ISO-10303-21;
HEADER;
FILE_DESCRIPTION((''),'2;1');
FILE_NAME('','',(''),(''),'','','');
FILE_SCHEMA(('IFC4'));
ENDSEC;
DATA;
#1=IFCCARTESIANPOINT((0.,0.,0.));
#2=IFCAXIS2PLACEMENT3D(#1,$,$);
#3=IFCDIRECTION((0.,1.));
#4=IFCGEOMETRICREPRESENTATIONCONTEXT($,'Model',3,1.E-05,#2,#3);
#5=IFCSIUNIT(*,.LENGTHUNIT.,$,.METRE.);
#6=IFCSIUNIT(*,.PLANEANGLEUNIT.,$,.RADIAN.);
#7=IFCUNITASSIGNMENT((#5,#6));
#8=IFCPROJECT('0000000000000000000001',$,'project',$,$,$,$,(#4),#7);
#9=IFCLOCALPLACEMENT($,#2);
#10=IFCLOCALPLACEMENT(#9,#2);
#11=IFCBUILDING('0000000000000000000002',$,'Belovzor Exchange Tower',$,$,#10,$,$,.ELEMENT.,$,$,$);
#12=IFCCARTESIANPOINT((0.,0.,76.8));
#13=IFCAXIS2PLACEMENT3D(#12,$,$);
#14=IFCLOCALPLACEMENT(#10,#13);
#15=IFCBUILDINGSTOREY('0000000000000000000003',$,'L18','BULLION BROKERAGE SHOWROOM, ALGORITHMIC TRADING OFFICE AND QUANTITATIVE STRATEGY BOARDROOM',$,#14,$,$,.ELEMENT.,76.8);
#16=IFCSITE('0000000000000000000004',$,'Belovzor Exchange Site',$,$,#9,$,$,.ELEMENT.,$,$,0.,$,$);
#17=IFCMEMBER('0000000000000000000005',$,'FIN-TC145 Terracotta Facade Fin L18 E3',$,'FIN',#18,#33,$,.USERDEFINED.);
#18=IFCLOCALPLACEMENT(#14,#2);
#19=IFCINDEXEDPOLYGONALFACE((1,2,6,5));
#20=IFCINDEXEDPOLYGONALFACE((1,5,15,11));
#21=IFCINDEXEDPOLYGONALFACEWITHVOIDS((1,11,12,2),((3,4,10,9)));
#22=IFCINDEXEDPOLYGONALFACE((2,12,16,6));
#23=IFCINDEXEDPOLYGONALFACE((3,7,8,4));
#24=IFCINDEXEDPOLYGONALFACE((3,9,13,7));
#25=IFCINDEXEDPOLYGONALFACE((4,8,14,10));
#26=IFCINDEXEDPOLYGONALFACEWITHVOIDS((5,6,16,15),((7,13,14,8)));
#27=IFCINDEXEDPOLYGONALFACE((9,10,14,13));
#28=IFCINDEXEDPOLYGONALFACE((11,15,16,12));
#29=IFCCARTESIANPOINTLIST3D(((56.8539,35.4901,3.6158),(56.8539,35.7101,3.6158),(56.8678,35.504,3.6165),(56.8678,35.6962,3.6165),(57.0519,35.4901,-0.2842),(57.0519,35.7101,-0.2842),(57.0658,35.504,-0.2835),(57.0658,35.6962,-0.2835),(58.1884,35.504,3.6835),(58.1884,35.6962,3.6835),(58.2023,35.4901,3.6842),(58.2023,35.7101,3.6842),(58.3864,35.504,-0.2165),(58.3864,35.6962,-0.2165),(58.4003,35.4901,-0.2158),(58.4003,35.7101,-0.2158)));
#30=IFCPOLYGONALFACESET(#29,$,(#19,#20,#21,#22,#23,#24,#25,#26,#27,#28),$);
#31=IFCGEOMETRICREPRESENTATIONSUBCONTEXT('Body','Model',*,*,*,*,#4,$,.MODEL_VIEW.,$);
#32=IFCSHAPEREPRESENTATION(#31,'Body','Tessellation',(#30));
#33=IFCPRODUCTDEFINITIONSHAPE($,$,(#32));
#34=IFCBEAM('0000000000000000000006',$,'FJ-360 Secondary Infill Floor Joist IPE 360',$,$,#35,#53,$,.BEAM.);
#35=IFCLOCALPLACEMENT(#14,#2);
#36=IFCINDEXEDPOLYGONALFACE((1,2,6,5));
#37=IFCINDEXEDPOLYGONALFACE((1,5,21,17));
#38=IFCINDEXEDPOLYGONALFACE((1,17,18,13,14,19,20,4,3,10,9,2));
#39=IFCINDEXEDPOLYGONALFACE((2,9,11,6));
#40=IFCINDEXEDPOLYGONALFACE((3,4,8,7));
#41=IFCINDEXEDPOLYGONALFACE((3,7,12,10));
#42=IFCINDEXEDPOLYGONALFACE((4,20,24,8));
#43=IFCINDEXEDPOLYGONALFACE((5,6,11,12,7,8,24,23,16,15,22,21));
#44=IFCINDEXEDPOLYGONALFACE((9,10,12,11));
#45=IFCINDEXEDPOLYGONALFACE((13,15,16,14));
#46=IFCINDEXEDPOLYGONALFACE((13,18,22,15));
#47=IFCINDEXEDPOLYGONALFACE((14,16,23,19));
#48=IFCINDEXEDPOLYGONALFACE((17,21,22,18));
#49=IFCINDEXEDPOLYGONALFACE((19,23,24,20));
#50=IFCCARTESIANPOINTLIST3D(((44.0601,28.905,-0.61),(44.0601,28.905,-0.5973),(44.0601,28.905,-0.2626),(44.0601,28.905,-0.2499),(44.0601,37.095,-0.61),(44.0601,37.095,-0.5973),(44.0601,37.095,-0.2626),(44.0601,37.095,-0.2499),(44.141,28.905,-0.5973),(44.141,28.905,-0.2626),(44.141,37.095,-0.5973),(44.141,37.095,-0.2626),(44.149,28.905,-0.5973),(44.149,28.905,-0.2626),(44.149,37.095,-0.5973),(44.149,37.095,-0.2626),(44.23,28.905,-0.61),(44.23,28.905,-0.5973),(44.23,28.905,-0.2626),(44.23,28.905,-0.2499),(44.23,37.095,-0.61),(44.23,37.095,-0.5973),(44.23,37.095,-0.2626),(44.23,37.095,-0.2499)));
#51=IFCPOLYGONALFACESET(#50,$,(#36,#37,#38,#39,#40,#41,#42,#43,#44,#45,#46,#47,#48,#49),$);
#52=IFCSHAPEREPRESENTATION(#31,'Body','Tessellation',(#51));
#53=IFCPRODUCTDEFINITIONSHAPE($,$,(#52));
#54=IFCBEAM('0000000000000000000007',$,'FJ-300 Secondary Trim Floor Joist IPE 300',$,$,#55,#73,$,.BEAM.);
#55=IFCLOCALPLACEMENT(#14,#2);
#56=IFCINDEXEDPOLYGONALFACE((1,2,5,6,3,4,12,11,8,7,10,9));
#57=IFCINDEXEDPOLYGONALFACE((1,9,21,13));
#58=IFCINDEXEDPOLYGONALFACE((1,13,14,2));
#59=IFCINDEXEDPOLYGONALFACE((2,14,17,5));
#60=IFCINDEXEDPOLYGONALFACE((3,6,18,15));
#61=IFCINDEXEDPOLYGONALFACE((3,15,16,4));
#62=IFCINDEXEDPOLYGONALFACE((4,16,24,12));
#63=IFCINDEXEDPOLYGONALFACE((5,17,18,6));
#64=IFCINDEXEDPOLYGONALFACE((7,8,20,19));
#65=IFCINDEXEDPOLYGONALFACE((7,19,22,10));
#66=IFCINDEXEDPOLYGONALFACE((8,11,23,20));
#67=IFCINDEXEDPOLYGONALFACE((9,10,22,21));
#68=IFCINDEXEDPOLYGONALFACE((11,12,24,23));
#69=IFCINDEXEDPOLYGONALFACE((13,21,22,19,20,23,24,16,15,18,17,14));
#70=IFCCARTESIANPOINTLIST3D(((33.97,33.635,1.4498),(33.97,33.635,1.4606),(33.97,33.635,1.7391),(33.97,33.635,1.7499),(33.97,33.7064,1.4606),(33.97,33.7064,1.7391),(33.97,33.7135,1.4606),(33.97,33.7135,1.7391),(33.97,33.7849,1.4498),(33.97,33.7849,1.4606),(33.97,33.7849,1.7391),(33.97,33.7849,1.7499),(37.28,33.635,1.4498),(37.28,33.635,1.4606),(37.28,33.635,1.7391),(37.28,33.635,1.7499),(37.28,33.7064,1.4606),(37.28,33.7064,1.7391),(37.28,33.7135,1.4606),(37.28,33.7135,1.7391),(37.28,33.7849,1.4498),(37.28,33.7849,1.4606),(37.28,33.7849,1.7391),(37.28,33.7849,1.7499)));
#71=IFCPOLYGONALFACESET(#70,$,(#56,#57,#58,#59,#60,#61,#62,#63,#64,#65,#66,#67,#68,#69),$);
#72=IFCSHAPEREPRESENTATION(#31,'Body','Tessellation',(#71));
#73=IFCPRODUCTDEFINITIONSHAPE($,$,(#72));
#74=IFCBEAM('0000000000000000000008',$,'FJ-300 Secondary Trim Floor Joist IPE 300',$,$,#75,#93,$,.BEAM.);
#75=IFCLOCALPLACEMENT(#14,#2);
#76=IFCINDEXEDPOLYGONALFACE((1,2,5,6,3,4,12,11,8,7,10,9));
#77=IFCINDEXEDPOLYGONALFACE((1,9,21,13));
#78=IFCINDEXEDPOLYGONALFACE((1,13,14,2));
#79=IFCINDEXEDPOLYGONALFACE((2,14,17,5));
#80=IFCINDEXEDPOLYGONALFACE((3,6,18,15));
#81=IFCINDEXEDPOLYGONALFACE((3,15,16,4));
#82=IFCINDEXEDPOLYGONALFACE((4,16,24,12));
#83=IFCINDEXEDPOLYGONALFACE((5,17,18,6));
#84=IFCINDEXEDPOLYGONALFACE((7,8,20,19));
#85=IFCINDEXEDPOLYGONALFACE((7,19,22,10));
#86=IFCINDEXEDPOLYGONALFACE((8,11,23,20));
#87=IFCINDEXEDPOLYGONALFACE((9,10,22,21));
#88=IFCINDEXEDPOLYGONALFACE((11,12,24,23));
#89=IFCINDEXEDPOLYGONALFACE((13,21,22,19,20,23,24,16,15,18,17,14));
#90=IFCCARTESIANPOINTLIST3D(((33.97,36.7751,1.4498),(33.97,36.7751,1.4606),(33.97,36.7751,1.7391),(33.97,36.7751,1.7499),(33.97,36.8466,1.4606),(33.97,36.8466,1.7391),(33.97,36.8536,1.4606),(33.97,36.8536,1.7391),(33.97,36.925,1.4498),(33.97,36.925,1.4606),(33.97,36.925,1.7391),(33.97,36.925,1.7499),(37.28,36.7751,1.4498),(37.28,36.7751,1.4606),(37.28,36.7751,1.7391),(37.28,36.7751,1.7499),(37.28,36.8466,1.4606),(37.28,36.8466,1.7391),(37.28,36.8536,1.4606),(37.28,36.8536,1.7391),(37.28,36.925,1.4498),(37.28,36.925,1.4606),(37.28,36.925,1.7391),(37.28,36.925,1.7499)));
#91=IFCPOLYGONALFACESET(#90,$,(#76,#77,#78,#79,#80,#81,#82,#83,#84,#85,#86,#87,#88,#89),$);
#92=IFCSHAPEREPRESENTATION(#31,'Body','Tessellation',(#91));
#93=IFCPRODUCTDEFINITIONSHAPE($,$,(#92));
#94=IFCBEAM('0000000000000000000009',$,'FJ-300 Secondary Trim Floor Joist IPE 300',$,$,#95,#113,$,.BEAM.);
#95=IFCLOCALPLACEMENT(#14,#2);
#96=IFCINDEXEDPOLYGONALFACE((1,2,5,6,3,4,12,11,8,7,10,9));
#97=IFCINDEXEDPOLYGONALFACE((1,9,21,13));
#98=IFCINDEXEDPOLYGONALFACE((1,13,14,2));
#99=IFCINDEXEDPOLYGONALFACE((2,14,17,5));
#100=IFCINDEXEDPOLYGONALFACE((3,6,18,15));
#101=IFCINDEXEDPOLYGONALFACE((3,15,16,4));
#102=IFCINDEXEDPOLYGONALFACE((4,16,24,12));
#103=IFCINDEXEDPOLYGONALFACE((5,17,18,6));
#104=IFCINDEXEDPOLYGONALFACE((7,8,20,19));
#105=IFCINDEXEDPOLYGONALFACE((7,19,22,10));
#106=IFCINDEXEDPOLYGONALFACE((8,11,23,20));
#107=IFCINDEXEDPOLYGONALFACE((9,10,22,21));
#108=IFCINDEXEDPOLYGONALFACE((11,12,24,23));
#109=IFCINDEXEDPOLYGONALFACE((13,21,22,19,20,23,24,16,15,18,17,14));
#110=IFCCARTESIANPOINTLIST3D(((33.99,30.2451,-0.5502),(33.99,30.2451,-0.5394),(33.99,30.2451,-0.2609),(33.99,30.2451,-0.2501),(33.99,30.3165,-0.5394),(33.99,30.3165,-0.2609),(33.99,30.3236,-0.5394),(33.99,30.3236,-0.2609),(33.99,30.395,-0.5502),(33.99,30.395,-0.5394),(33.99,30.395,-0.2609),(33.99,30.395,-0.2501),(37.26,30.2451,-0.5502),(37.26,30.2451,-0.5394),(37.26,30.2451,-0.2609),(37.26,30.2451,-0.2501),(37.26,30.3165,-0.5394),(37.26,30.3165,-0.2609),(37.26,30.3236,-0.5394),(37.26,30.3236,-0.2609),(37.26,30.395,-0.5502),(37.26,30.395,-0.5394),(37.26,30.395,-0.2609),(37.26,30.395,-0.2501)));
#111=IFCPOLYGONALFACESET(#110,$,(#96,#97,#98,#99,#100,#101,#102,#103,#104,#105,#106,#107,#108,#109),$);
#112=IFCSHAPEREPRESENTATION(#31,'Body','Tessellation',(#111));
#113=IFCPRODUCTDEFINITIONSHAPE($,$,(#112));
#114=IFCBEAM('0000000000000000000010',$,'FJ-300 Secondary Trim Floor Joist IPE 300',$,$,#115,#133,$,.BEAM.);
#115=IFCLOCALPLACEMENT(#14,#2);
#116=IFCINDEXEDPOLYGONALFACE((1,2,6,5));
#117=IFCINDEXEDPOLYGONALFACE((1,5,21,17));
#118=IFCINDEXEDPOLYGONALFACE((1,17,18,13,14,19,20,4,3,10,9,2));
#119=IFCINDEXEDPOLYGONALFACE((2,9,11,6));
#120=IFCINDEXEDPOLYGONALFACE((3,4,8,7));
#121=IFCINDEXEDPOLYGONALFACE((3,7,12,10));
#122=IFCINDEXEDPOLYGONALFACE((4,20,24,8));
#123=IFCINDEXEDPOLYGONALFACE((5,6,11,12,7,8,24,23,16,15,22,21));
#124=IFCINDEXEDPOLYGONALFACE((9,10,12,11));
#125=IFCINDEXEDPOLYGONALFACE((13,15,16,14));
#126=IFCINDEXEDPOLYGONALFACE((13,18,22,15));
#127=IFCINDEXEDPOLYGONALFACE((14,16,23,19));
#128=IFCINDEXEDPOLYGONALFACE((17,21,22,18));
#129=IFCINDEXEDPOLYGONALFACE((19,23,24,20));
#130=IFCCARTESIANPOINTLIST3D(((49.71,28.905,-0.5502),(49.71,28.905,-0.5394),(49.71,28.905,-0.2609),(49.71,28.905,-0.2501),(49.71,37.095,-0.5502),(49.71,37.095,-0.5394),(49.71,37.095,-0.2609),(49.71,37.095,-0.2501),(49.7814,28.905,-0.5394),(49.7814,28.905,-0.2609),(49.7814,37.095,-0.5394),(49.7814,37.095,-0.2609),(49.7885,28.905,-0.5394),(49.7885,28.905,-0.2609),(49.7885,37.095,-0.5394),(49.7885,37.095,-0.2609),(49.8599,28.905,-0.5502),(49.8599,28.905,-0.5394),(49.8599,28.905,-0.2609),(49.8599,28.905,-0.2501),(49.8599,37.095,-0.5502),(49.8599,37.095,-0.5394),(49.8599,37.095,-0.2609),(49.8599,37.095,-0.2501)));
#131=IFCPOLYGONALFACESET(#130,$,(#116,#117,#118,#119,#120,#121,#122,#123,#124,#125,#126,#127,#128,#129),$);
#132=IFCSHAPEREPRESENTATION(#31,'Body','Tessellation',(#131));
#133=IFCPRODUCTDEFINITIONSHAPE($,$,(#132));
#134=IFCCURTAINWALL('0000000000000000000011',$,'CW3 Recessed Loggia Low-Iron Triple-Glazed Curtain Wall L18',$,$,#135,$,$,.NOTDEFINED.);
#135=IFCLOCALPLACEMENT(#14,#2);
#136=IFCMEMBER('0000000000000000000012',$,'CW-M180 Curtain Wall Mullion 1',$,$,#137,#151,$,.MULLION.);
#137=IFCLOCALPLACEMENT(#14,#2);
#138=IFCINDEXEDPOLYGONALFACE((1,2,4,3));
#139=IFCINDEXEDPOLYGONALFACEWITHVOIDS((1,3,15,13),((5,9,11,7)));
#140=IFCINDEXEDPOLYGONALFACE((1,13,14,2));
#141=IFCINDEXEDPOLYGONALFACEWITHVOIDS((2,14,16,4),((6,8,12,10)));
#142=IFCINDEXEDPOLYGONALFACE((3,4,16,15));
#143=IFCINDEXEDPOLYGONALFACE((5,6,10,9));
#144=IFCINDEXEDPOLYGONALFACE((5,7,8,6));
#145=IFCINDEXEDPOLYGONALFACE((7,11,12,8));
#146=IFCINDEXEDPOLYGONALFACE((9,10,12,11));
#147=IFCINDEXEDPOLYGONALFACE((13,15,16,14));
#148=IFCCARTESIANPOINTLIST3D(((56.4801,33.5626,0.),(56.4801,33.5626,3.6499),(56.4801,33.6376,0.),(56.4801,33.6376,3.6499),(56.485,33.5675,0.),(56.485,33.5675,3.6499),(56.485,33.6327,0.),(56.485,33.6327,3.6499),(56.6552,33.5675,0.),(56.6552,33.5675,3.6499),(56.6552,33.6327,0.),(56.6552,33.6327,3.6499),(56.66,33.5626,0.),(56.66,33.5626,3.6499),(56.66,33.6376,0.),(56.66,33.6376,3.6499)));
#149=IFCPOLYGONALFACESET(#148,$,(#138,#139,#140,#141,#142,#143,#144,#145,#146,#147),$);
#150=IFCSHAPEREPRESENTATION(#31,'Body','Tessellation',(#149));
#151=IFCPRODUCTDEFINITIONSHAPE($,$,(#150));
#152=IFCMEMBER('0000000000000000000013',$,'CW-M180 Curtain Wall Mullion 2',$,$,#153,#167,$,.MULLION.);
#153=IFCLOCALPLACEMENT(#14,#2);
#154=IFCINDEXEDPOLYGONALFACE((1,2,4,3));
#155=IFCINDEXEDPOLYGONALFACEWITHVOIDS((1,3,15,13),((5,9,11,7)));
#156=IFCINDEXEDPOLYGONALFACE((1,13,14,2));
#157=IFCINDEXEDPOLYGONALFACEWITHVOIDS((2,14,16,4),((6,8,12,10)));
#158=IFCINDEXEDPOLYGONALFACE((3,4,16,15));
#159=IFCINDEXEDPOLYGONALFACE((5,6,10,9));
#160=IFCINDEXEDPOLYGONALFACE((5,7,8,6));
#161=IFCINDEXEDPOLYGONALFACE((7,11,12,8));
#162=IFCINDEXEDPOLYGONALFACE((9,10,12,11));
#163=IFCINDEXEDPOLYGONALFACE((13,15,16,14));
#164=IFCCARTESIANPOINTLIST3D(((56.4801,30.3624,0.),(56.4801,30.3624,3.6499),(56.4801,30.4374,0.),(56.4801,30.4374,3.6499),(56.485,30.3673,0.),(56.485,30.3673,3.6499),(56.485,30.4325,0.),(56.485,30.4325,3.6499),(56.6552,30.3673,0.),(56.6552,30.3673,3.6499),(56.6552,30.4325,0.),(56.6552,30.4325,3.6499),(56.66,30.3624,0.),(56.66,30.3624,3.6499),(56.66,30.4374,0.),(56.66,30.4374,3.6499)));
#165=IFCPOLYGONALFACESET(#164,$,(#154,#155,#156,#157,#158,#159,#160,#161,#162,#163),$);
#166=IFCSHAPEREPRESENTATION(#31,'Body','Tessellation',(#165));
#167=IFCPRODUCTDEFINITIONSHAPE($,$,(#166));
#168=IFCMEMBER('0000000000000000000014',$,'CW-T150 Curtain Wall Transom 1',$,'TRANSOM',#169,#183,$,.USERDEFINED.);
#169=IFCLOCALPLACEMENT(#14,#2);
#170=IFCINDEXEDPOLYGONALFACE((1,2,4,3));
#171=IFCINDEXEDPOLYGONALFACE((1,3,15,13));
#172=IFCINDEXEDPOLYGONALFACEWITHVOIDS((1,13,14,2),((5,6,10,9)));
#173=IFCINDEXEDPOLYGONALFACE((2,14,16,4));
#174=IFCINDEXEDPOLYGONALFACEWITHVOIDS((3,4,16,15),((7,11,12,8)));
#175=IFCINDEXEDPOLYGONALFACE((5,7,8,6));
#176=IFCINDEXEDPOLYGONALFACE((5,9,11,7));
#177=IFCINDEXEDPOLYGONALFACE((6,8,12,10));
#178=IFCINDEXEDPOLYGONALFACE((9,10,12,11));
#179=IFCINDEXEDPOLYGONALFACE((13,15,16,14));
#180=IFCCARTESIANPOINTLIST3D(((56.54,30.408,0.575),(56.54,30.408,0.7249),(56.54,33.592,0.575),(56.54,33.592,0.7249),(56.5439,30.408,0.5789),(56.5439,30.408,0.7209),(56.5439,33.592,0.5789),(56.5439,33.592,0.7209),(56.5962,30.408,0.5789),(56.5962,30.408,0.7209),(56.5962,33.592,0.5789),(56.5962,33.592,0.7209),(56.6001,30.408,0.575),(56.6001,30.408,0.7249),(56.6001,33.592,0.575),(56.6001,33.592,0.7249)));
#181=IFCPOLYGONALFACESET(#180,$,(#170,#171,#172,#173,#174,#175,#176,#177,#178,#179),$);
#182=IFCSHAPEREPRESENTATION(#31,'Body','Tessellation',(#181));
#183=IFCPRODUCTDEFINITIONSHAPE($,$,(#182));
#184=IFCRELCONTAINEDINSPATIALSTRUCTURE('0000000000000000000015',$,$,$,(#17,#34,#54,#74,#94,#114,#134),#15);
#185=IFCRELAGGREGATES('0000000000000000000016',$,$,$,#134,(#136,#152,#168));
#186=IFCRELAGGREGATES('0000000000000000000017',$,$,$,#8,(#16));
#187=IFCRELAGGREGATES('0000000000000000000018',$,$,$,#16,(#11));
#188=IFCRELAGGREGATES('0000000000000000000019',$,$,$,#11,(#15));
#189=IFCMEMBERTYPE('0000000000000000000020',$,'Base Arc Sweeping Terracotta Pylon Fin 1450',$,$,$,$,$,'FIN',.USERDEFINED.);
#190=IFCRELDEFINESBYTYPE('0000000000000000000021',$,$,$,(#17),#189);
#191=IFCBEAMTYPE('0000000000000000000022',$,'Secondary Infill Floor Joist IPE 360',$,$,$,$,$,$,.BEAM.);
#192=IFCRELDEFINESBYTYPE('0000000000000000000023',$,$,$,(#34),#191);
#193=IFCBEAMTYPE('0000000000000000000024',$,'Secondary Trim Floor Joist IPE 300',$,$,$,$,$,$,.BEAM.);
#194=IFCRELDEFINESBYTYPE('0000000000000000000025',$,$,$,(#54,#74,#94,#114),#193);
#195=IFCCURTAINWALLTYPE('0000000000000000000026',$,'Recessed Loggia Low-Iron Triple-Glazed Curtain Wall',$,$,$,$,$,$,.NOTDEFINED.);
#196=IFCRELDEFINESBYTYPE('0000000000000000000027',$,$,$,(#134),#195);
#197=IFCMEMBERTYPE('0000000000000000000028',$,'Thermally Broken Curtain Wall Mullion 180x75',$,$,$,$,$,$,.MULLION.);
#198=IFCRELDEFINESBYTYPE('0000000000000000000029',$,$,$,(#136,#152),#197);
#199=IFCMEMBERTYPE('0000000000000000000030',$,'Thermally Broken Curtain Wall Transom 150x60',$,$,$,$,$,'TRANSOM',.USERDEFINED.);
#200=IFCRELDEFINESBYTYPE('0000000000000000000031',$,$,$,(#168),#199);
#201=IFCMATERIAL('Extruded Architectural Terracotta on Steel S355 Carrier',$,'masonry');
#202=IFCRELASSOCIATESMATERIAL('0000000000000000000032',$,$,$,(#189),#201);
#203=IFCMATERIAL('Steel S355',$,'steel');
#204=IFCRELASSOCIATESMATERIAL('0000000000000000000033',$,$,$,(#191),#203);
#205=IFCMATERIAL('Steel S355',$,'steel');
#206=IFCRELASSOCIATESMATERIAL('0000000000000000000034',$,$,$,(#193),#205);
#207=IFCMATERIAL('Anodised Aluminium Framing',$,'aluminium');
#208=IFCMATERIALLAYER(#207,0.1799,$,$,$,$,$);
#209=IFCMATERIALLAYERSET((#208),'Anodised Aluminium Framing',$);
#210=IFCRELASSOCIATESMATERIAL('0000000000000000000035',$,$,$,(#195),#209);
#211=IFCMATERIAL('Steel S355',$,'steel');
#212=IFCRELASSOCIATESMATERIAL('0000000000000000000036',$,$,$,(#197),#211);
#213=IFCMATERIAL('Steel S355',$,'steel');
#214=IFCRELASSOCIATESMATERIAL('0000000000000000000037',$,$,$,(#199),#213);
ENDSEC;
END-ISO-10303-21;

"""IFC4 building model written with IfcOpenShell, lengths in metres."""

from ifc_helpers import new_model, si_unit, direction, frame, origin, origin_2d, place, context, subcontext, project, spatial, hollow_rectangle, i_section, extrude, material, layer, layer_set, material_profile, profile_set, type_object, element, aggregate, save


model = new_model("IFC4")

# Units and contexts
model_context = context("Model", 3, precision=1e-05, world=origin(), true_north=direction((0.0, 1.0)))
body_context = subcontext(model_context, "Body", "Model", "MODEL_VIEW")
ifc_project = project(units=[si_unit("LENGTHUNIT", "METRE"), si_unit("PLANEANGLEUNIT", "RADIAN")], contexts=[model_context])

# Site, building, storey
site_placement = place(None, origin())
site = spatial("IfcSite", under=ifc_project, at=site_placement, Name="Belovzor Exchange Site", CompositionType="ELEMENT", RefElevation=0.0)
building_placement = place(site_placement, origin())
building = spatial("IfcBuilding", under=site, at=building_placement, Name="Belovzor Exchange Tower", CompositionType="ELEMENT")
storey_placement = place(building_placement, frame((0.0, 0.0, 76.8)))
storey = spatial("IfcBuildingStorey", under=building, at=storey_placement, Name="L18", Description="BULLION BROKERAGE SHOWROOM, ALGORITHMIC TRADING OFFICE AND QUANTITATIVE STRATEGY BOARDROOM", CompositionType="ELEMENT", Elevation=76.8)

# Member
ifc_material_1 = material(Name="Extruded Architectural Terracotta on Steel S355 Carrier", Category="masonry")
ifc_material_profile_1 = material_profile(ifc_material_1, hollow_rectangle(XDim=0.22, YDim=1.3501, WallThickness=0.0139, at=origin_2d()))
ifc_profile_set_1 = profile_set([ifc_material_profile_1], Name="Extruded Architectural Terracotta on Steel S355 Carrier")
member_type_1 = type_object("IfcMemberType", Name="Base Arc Sweeping Terracotta Pylon Fin 1450", ElementType="FIN", PredefinedType="USERDEFINED", material=ifc_profile_set_1)
member_1_placement = place(storey_placement, frame((57.7261, 35.6001, -0.25), z_axis=(-0.050705, 0.0, 0.998714), x_axis=(0.0, -1.0, 0.0)))
element("IfcMember", 1, at=member_1_placement, inside=storey, type_object=member_type_1, Name="FIN-TC145 Terracotta Facade Fin L18 E3", ObjectType="FIN", PredefinedType="USERDEFINED", context=body_context, shape_type="SweptSolid", body=[
    extrude(hollow_rectangle(XDim=0.22, YDim=1.3501, WallThickness=0.0139, at=origin_2d()), origin(), (0.0, 0.0, 1.0), 3.905),
])

# Beams
ifc_material_2 = material(Name="Steel S355", Category="steel")
ifc_material_profile_2 = material_profile(ifc_material_2, i_section(OverallWidth=0.1699, OverallDepth=0.3601, WebThickness=0.0081, FlangeThickness=0.0127, at=origin_2d()))
ifc_profile_set_2 = profile_set([ifc_material_profile_2], Name="Steel S355")
beam_type_1 = type_object("IfcBeamType", Name="Secondary Infill Floor Joist IPE 360", PredefinedType="BEAM", material=ifc_profile_set_2)
beam_1_placement = place(storey_placement, frame((44.145, 28.905, -0.4299), z_axis=(0.0, 1.0, 0.0), x_axis=(-1.0, 0.0, 0.0)))
element("IfcBeam", 2, at=beam_1_placement, inside=storey, type_object=beam_type_1, Name="FJ-360 Secondary Infill Floor Joist IPE 360", PredefinedType="BEAM", context=body_context, shape_type="SweptSolid", body=[
    extrude(i_section(OverallWidth=0.1699, OverallDepth=0.3601, WebThickness=0.0081, FlangeThickness=0.0127, at=origin_2d()), origin(), (0.0, 0.0, 1.0), 8.1899),
])
ifc_material_3 = material(Name="Steel S355", Category="steel")
ifc_material_profile_3 = material_profile(ifc_material_3, i_section(OverallWidth=0.1499, OverallDepth=0.3, WebThickness=0.0071, FlangeThickness=0.0107, at=origin_2d()))
ifc_profile_set_3 = profile_set([ifc_material_profile_3], Name="Steel S355")
beam_type_2 = type_object("IfcBeamType", Name="Secondary Trim Floor Joist IPE 300", PredefinedType="BEAM", material=ifc_profile_set_3)
for number, where, z_axis, x_axis, name in (
    (3, (37.28, 33.71, 1.5999), (-1.0, 0.0, 0.0), (0.0, -1.0, 0.0), "FJ-300 Secondary Trim Floor Joist IPE 300"),
    (4, (37.28, 36.8501, 1.5999), (-1.0, 0.0, 0.0), (0.0, -1.0, 0.0), "FJ-300 Secondary Trim Floor Joist IPE 300"),
):
    element("IfcBeam", number, at=place(storey_placement, frame(where, z_axis=z_axis, x_axis=x_axis)), inside=storey, type_object=beam_type_2, Name=name, PredefinedType="BEAM", context=body_context, shape_type="SweptSolid", body=[
        extrude(i_section(OverallWidth=0.1499, OverallDepth=0.3, WebThickness=0.0071, FlangeThickness=0.0107, at=origin_2d()), origin(), (0.0, 0.0, 1.0), 3.3101),
    ])
beam_2_placement = place(storey_placement, frame((37.26, 30.3201, -0.4001), z_axis=(-1.0, 0.0, 0.0), x_axis=(0.0, -1.0, 0.0)))
element("IfcBeam", 5, at=beam_2_placement, inside=storey, type_object=beam_type_2, Name="FJ-300 Secondary Trim Floor Joist IPE 300", PredefinedType="BEAM", context=body_context, shape_type="SweptSolid", body=[
    extrude(i_section(OverallWidth=0.1499, OverallDepth=0.3, WebThickness=0.0071, FlangeThickness=0.0107, at=origin_2d()), origin(), (0.0, 0.0, 1.0), 3.27),
])
beam_3_placement = place(storey_placement, frame((49.7849, 28.905, -0.4001), z_axis=(0.0, 1.0, 0.0), x_axis=(-1.0, 0.0, 0.0)))
element("IfcBeam", 6, at=beam_3_placement, inside=storey, type_object=beam_type_2, Name="FJ-300 Secondary Trim Floor Joist IPE 300", PredefinedType="BEAM", context=body_context, shape_type="SweptSolid", body=[
    extrude(i_section(OverallWidth=0.1499, OverallDepth=0.3, WebThickness=0.0071, FlangeThickness=0.0107, at=origin_2d()), origin(), (0.0, 0.0, 1.0), 8.1899),
])

# Curtain wall, members
ifc_material_4 = material(Name="Anodised Aluminium Framing", Category="aluminium")
ifc_layer_1 = layer(ifc_material_4, 0.1799)
ifc_layer_set_1 = layer_set([ifc_layer_1], Name="Anodised Aluminium Framing")
curtain_wall_type = type_object("IfcCurtainWallType", Name="Recessed Loggia Low-Iron Triple-Glazed Curtain Wall", PredefinedType="NOTDEFINED", material=ifc_layer_set_1)
curtain_wall_placement = place(storey_placement, origin())
curtain_wall = element("IfcCurtainWall", 7, at=curtain_wall_placement, inside=storey, type_object=curtain_wall_type, Name="CW3 Recessed Loggia Low-Iron Triple-Glazed Curtain Wall L18", PredefinedType="NOTDEFINED")
ifc_material_5 = material(Name="Steel S355", Category="steel")
ifc_material_profile_4 = material_profile(ifc_material_5, hollow_rectangle(XDim=0.075, YDim=0.1799, WallThickness=0.0049, at=origin_2d()))
ifc_profile_set_4 = profile_set([ifc_material_profile_4], Name="Steel S355")
member_type_2 = type_object("IfcMemberType", Name="Thermally Broken Curtain Wall Mullion 180x75", PredefinedType="MULLION", material=ifc_profile_set_4)
member_2_placement = place(storey_placement, frame((56.5701, 33.6001, 0.0), z_axis=(0.0, 0.0, 1.0), x_axis=(0.0, -1.0, 0.0)))
member_2 = element("IfcMember", 8, at=member_2_placement, type_object=member_type_2, Name="CW-M180 Curtain Wall Mullion 1", PredefinedType="MULLION", context=body_context, shape_type="SweptSolid", body=[
    extrude(hollow_rectangle(XDim=0.075, YDim=0.1799, WallThickness=0.0049, at=origin_2d()), origin(), (0.0, 0.0, 1.0), 3.6499),
])
member_3_placement = place(storey_placement, frame((56.5701, 30.3999, 0.0), z_axis=(0.0, 0.0, 1.0), x_axis=(0.0, -1.0, 0.0)))
member_3 = element("IfcMember", 9, at=member_3_placement, type_object=member_type_2, Name="CW-M180 Curtain Wall Mullion 2", PredefinedType="MULLION", context=body_context, shape_type="SweptSolid", body=[
    extrude(hollow_rectangle(XDim=0.075, YDim=0.1799, WallThickness=0.0049, at=origin_2d()), origin(), (0.0, 0.0, 1.0), 3.6499),
])
ifc_material_6 = material(Name="Steel S355", Category="steel")
ifc_material_profile_5 = material_profile(ifc_material_6, hollow_rectangle(XDim=0.0601, YDim=0.1499, WallThickness=0.0039, at=origin_2d()))
ifc_profile_set_5 = profile_set([ifc_material_profile_5], Name="Steel S355")
member_type_3 = type_object("IfcMemberType", Name="Thermally Broken Curtain Wall Transom 150x60", ElementType="TRANSOM", PredefinedType="USERDEFINED", material=ifc_profile_set_5)
member_4_placement = place(storey_placement, frame((56.5701, 33.592, 0.6499), z_axis=(0.0, -1.0, 0.0), x_axis=(1.0, 0.0, 0.0)))
member_4 = element("IfcMember", 10, at=member_4_placement, type_object=member_type_3, Name="CW-T150 Curtain Wall Transom 1", ObjectType="TRANSOM", PredefinedType="USERDEFINED", context=body_context, shape_type="SweptSolid", body=[
    extrude(hollow_rectangle(XDim=0.0601, YDim=0.1499, WallThickness=0.0039, at=origin_2d()), origin(), (0.0, 0.0, 1.0), 3.1841),
])

aggregate(curtain_wall, [member_2, member_3, member_4])

save(model, "model.ifc")
